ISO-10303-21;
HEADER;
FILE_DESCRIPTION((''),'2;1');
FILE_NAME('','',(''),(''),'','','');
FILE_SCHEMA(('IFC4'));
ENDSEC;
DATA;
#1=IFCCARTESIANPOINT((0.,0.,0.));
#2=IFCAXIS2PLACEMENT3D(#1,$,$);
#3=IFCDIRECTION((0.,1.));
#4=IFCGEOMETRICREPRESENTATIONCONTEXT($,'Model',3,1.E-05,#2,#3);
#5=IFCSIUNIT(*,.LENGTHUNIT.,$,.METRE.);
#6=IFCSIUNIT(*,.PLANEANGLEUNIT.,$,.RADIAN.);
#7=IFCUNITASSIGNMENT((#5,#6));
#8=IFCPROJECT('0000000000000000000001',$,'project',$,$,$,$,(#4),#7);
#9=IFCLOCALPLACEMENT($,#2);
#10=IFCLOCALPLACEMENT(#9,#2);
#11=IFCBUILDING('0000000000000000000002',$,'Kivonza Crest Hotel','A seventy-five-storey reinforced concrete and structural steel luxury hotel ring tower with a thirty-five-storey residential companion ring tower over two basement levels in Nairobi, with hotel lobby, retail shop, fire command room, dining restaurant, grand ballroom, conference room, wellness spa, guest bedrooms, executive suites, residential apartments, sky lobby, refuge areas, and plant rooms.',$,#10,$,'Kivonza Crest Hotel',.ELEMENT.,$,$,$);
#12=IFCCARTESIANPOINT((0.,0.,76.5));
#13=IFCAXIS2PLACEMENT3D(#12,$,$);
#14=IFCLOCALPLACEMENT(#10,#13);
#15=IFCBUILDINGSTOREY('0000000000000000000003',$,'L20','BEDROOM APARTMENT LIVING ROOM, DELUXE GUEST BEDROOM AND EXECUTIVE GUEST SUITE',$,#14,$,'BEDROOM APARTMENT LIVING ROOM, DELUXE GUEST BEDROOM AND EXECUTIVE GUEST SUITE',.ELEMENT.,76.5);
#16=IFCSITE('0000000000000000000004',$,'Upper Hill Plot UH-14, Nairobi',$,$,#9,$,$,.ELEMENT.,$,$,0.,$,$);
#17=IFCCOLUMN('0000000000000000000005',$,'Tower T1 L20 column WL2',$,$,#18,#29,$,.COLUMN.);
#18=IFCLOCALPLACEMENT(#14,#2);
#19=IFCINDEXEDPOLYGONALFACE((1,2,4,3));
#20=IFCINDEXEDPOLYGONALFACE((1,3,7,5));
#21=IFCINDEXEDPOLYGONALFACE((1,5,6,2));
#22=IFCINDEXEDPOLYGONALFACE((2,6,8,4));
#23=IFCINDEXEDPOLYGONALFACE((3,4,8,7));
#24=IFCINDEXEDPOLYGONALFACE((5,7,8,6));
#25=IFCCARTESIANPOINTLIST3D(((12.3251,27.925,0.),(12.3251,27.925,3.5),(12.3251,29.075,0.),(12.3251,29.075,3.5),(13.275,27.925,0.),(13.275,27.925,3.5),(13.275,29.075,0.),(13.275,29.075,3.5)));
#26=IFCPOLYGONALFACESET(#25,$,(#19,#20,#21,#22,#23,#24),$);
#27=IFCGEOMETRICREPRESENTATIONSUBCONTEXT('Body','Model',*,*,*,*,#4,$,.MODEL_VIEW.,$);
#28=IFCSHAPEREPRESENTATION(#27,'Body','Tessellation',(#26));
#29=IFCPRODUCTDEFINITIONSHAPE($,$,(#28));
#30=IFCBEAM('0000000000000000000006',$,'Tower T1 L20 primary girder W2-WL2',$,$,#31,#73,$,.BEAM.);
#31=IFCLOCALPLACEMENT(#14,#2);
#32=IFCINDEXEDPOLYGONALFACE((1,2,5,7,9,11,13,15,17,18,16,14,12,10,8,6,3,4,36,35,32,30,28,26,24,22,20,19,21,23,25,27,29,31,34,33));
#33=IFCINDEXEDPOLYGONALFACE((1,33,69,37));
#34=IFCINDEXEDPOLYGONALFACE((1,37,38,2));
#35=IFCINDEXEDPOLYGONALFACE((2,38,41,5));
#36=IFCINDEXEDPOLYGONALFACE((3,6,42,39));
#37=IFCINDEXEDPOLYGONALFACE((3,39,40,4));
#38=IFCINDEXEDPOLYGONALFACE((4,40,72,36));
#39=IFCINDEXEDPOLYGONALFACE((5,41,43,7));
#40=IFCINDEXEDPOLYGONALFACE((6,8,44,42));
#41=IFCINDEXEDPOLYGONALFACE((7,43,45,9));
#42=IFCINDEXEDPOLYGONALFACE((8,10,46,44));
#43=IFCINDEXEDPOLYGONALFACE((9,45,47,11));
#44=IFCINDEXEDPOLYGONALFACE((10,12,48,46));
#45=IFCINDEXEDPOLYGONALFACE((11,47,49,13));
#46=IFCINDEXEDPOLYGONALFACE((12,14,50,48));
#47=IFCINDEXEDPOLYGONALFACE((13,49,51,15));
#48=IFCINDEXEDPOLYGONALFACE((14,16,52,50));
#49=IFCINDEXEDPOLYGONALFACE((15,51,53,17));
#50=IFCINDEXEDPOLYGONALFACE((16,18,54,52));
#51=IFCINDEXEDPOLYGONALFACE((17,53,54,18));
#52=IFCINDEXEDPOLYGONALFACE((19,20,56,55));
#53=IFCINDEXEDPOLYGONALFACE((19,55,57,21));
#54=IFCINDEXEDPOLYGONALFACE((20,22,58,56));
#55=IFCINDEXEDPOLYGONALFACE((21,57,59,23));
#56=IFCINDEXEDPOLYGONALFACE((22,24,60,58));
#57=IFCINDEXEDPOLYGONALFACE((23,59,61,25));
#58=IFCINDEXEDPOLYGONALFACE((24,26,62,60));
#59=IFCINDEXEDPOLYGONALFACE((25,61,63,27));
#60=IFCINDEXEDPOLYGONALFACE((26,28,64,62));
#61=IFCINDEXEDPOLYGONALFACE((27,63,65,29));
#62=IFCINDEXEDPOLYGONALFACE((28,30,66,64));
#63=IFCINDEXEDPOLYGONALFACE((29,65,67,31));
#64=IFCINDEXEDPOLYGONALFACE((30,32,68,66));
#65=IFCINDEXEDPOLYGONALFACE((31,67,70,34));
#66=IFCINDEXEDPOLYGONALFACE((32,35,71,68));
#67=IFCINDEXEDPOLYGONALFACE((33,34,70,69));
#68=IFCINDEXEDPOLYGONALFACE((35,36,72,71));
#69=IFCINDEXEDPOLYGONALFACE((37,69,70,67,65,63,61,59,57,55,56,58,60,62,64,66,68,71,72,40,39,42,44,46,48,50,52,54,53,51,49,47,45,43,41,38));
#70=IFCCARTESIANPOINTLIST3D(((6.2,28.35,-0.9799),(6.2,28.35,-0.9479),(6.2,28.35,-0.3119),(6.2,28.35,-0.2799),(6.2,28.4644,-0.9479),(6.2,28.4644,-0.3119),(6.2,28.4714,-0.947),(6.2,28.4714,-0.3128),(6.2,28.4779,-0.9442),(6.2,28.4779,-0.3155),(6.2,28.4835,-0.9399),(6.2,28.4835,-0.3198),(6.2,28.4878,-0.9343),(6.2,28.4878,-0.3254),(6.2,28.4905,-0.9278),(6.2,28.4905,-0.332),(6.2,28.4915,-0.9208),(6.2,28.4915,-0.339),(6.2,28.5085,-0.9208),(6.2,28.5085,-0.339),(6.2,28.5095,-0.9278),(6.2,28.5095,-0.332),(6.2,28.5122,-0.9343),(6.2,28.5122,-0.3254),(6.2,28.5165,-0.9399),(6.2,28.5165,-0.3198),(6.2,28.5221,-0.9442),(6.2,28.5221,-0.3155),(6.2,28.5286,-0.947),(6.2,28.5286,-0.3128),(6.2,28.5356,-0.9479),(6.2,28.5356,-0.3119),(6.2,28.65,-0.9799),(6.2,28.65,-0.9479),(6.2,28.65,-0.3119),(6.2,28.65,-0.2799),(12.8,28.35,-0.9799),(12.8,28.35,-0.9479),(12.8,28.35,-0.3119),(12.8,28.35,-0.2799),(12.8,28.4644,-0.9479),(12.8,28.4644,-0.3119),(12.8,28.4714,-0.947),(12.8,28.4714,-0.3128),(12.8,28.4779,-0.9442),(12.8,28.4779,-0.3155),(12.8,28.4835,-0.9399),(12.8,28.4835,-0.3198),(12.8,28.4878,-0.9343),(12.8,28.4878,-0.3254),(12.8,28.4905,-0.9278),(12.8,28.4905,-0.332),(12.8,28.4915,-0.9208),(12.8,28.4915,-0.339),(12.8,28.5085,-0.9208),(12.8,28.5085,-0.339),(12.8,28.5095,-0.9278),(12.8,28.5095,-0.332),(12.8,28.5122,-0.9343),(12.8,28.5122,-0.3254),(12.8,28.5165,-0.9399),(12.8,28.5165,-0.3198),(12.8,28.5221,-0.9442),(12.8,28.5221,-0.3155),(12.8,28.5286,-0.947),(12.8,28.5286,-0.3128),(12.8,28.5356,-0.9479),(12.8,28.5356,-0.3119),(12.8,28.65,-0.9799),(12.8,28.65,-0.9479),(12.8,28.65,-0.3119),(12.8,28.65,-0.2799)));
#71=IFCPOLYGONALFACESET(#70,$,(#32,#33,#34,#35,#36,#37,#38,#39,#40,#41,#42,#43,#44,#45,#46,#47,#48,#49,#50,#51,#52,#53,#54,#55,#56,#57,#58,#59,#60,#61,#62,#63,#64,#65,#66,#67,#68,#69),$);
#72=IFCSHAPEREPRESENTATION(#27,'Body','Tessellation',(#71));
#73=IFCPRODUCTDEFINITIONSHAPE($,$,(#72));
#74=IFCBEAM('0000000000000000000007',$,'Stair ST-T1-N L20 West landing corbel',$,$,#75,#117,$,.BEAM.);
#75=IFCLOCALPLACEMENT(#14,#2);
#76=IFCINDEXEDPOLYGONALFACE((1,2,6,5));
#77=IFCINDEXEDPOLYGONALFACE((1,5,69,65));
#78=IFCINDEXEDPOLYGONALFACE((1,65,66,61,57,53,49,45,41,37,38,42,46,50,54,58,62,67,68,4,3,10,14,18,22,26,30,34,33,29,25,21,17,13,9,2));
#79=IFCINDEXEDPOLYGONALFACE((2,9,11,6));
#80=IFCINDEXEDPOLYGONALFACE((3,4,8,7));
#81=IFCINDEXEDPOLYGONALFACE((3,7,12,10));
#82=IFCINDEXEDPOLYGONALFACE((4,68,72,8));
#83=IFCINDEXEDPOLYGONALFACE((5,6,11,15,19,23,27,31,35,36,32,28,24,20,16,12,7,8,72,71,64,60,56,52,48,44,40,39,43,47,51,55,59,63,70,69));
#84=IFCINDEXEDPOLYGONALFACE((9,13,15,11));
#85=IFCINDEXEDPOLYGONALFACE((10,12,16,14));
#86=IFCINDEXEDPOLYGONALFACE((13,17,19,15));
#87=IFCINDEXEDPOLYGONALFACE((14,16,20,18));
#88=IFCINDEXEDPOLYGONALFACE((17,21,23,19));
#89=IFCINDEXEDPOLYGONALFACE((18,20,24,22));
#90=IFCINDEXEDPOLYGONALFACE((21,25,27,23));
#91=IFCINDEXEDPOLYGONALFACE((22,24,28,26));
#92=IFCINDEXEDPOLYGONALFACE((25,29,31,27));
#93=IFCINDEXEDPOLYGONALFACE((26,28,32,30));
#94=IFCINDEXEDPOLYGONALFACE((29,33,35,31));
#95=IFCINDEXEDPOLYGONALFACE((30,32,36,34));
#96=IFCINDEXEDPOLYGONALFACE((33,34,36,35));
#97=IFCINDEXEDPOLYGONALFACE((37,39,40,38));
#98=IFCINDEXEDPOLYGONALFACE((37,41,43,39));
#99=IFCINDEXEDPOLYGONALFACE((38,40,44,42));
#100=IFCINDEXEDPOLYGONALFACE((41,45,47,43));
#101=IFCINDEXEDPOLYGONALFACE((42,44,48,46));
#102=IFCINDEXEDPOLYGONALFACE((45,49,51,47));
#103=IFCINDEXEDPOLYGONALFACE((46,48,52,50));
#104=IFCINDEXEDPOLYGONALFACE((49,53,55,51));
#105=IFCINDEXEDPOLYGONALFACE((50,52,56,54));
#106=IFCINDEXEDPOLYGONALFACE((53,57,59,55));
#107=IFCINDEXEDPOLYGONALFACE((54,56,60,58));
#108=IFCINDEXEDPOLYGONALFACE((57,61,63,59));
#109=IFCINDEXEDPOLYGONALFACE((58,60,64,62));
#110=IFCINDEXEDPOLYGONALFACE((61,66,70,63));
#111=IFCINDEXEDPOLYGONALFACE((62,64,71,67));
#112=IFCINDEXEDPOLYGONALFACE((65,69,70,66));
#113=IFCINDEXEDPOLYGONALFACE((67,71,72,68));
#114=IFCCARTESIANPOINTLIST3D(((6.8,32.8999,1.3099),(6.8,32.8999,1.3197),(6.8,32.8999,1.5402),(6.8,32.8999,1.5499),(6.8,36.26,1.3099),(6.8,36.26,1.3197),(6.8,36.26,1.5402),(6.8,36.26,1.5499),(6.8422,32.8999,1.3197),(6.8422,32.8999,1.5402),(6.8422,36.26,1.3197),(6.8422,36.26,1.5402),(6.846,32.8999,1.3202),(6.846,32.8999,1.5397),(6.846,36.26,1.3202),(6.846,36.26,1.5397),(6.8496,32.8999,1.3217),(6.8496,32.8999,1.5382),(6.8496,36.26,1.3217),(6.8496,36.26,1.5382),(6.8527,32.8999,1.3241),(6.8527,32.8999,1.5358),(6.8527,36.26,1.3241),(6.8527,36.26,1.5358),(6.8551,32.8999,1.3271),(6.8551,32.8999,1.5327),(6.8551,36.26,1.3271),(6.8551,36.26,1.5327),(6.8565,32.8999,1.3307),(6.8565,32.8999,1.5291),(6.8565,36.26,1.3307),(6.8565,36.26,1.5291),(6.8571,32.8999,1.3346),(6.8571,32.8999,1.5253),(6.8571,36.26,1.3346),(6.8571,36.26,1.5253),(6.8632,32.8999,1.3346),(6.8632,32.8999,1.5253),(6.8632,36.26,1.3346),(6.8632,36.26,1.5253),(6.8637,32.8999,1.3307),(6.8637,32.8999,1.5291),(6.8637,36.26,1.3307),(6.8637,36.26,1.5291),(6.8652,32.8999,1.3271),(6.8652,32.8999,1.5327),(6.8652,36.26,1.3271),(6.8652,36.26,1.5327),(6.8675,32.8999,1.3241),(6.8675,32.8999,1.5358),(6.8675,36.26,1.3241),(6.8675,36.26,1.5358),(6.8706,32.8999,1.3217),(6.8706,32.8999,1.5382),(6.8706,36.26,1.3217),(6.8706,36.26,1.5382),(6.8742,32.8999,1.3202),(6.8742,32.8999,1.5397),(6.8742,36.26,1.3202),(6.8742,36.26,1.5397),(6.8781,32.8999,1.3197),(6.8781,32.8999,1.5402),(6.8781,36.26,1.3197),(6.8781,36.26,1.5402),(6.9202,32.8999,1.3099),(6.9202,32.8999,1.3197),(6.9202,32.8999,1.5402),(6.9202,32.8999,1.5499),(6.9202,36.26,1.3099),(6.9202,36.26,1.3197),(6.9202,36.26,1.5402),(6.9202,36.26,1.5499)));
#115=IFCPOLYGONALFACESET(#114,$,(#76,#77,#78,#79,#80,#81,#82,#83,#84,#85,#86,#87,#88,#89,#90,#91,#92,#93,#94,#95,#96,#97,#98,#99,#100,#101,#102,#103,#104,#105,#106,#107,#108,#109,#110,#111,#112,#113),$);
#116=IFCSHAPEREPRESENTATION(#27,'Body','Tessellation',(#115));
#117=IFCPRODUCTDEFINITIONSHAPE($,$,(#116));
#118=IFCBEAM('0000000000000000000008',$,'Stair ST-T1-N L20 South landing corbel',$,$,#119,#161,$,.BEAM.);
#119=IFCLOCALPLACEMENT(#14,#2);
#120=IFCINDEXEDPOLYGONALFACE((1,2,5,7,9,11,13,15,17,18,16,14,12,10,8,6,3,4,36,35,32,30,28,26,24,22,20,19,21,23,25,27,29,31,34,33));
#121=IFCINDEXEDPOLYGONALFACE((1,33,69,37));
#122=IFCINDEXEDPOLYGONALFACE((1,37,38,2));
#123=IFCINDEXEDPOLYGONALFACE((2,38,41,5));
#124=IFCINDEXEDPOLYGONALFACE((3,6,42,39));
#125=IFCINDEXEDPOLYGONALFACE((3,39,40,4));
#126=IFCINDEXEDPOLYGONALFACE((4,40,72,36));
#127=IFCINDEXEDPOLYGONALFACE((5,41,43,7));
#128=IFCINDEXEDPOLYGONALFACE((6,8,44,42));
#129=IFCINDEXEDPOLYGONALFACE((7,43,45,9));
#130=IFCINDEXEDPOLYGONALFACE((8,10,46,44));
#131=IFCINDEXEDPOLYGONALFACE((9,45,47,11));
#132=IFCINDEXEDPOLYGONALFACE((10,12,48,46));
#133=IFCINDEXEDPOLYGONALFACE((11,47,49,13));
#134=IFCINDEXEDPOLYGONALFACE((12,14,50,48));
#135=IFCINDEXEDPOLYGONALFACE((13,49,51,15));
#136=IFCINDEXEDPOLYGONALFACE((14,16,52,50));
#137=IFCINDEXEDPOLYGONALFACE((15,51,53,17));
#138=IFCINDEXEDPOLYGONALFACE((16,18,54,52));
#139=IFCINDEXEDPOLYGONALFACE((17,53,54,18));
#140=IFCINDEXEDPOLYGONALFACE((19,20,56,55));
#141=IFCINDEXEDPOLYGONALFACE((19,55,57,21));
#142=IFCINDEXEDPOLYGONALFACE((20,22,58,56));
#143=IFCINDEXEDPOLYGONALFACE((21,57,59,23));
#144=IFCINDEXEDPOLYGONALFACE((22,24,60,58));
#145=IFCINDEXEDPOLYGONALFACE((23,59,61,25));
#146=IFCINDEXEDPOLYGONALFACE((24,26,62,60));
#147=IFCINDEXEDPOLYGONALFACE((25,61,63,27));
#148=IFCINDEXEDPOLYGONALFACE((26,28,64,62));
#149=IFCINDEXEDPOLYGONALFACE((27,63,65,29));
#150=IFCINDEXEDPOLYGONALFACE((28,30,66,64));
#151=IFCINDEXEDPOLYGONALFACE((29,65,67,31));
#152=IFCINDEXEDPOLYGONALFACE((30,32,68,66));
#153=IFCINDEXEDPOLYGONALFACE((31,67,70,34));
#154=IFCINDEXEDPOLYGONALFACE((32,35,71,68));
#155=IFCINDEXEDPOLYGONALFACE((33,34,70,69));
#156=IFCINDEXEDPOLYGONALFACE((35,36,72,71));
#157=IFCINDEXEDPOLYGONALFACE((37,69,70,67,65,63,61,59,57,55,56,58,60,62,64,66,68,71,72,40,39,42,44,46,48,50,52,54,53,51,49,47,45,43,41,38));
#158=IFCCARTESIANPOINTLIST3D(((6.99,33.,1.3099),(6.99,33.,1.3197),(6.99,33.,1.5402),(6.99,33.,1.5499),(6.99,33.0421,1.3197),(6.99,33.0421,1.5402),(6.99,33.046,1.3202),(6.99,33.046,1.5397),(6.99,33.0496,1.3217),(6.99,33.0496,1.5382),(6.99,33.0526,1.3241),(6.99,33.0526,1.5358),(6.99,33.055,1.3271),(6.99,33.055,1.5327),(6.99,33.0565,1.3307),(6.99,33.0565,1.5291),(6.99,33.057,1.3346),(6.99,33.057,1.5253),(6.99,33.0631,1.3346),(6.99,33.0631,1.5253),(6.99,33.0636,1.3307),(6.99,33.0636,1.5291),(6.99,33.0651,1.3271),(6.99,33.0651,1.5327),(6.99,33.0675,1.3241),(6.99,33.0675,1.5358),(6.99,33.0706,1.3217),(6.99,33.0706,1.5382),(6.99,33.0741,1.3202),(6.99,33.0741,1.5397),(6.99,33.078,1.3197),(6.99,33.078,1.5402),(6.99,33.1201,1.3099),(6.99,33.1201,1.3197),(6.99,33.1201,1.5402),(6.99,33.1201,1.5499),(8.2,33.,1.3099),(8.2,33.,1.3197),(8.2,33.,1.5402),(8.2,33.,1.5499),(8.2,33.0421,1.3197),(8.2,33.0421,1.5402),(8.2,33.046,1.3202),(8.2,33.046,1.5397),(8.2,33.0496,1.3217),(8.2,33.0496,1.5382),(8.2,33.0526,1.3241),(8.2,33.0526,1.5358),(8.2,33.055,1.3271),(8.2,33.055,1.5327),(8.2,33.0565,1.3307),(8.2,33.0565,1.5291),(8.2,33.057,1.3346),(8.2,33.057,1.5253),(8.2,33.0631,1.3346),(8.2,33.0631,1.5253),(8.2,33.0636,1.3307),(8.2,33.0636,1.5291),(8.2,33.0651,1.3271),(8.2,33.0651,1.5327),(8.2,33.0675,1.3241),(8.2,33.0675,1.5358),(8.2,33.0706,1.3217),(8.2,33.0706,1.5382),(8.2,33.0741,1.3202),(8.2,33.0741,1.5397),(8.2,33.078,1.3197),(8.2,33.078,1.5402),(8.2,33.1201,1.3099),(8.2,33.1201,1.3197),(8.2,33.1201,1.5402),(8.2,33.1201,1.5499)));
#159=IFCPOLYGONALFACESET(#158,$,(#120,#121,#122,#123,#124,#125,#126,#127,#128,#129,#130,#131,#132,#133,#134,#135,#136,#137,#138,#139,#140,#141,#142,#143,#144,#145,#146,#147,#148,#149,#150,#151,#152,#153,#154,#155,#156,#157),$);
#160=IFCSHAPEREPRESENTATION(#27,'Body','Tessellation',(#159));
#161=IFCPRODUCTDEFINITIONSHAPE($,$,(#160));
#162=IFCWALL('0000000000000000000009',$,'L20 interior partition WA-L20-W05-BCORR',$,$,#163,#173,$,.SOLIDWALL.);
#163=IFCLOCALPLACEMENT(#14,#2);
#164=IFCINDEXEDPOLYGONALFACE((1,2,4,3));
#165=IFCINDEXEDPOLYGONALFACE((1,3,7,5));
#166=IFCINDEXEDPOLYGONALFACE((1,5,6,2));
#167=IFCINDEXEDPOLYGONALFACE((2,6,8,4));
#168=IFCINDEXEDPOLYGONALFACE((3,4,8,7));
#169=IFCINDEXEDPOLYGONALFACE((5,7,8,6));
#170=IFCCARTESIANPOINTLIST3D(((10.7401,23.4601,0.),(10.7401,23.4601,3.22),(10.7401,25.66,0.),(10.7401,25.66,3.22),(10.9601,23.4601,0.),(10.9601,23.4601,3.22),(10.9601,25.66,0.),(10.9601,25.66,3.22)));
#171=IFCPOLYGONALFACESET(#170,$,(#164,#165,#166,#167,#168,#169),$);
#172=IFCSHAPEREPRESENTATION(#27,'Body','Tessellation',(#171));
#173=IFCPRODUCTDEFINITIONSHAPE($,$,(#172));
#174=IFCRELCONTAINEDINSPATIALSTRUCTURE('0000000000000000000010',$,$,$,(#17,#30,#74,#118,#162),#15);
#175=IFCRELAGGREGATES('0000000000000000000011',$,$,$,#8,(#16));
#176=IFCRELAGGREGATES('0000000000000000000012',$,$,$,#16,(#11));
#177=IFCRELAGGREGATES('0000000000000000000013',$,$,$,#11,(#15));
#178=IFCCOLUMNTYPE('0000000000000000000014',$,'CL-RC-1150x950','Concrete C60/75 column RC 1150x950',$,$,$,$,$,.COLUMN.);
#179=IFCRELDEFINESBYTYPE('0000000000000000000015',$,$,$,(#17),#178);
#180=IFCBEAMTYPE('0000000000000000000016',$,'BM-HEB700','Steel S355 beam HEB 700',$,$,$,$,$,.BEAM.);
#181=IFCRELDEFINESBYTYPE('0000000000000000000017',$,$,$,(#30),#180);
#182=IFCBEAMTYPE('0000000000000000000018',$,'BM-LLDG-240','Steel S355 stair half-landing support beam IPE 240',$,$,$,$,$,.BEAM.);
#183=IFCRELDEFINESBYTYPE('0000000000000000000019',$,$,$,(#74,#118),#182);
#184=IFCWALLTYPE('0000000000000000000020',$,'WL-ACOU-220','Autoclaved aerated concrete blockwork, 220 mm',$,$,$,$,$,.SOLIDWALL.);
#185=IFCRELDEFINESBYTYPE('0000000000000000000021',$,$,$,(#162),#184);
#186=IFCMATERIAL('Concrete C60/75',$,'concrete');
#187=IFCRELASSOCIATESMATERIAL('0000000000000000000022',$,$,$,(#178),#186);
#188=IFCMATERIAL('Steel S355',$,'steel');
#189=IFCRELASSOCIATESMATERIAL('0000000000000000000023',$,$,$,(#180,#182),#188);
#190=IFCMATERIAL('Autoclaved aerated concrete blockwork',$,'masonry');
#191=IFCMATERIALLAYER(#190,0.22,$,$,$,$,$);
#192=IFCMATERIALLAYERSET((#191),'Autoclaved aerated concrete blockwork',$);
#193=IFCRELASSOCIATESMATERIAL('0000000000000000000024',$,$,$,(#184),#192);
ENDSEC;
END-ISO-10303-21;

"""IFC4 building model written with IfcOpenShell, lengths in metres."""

from ifc_helpers import new_model, si_unit, direction, frame, frame_2d, origin, origin_2d, place, context, subcontext, project, spatial, rectangle, i_section, extrude, material, layer, layer_set, material_profile, profile_set, type_object, element, save


model = new_model("IFC4")

# Units and contexts
model_context = context("Model", 3, precision=1e-05, world=origin(), true_north=direction((0.0, 1.0)))
body_context = subcontext(model_context, "Body", "Model", "MODEL_VIEW")
ifc_project = project(units=[si_unit("LENGTHUNIT", "METRE"), si_unit("PLANEANGLEUNIT", "RADIAN")], contexts=[model_context])

# Site, building, storey
site_placement = place(None, origin())
site = spatial("IfcSite", under=ifc_project, at=site_placement, Name="Upper Hill Plot UH-14, Nairobi", CompositionType="ELEMENT", RefElevation=0.0)
building_placement = place(site_placement, origin())
building = spatial("IfcBuilding", under=site, at=building_placement, Name="Kivonza Crest Hotel", Description="A seventy-five-storey reinforced concrete and structural steel luxury hotel ring tower with a thirty-five-storey residential companion ring tower over two basement levels in Nairobi, with hotel lobby, retail shop, fire command room, dining restaurant, grand ballroom, conference room, wellness spa, guest bedrooms, executive suites, residential apartments, sky lobby, refuge areas, and plant rooms.", LongName="Kivonza Crest Hotel", CompositionType="ELEMENT")
storey_placement = place(building_placement, frame((0.0, 0.0, 76.5)))
storey = spatial("IfcBuildingStorey", under=building, at=storey_placement, Name="L20", Description="BEDROOM APARTMENT LIVING ROOM, DELUXE GUEST BEDROOM AND EXECUTIVE GUEST SUITE", LongName="BEDROOM APARTMENT LIVING ROOM, DELUXE GUEST BEDROOM AND EXECUTIVE GUEST SUITE", CompositionType="ELEMENT", Elevation=76.5)

# Column
ifc_material_1 = material(Name="Concrete C60/75", Category="concrete")
ifc_material_profile_1 = material_profile(ifc_material_1, rectangle(XDim=0.95, YDim=1.1499, at=origin_2d()), Name="RC 1150x950")
ifc_profile_set_1 = profile_set([ifc_material_profile_1], Name="Concrete C60/75")
column_type = type_object("IfcColumnType", Name="CL-RC-1150x950", Description="Concrete C60/75 column RC 1150x950", PredefinedType="COLUMN", material=ifc_profile_set_1)
column_placement = place(storey_placement, frame((12.8, 28.5, 0.0), z_axis=(0.0, 0.0, 1.0), x_axis=(1.0, 0.0, 0.0)))
element("IfcColumn", 1, at=column_placement, inside=storey, type_object=column_type, Name="Tower T1 L20 column WL2", PredefinedType="COLUMN", context=body_context, shape_type="SweptSolid", body=[
    extrude(rectangle(XDim=0.95, YDim=1.1499, at=origin_2d()), origin(), (0.0, 0.0, 1.0), 3.5),
])

# Beams
ifc_material_2 = material(Name="Steel S355", Category="steel")
ifc_material_profile_2 = material_profile(ifc_material_2, i_section(OverallWidth=0.3, OverallDepth=0.7, WebThickness=0.0171, FlangeThickness=0.032, FilletRadius=0.0271, at=origin_2d()), Name="HEB 700")
ifc_profile_set_2 = profile_set([ifc_material_profile_2], Name="Steel S355")
beam_type_1 = type_object("IfcBeamType", Name="BM-HEB700", Description="Steel S355 beam HEB 700", PredefinedType="BEAM", material=ifc_profile_set_2)
beam_1_placement = place(storey_placement, frame((6.2, 28.5, -0.6299), z_axis=(1.0, 0.0, 0.0), x_axis=(0.0, 1.0, 0.0)))
element("IfcBeam", 2, at=beam_1_placement, inside=storey, type_object=beam_type_1, Name="Tower T1 L20 primary girder W2-WL2", PredefinedType="BEAM", context=body_context, shape_type="SweptSolid", body=[
    extrude(i_section(OverallWidth=0.3, OverallDepth=0.7, WebThickness=0.0171, FlangeThickness=0.032, FilletRadius=0.0271, at=origin_2d()), origin(), (0.0, 0.0, 1.0), 6.6001),
])
ifc_material_profile_3 = material_profile(ifc_material_2, i_section(OverallWidth=0.1201, OverallDepth=0.24, WebThickness=0.0061, FlangeThickness=0.0098, FilletRadius=0.0149, at=origin_2d()), Name="IPE 240")
ifc_profile_set_3 = profile_set([ifc_material_profile_3], Name="Steel S355")
beam_type_2 = type_object("IfcBeamType", Name="BM-LLDG-240", Description="Steel S355 stair half-landing support beam IPE 240", PredefinedType="BEAM", material=ifc_profile_set_3)
beam_2_placement = place(storey_placement, frame((6.8601, 32.8999, 1.4299), z_axis=(0.0, 1.0, 0.0), x_axis=(-1.0, 0.0, 0.0)))
element("IfcBeam", 3, at=beam_2_placement, inside=storey, type_object=beam_type_2, Name="Stair ST-T1-N L20 West landing corbel", PredefinedType="BEAM", context=body_context, shape_type="SweptSolid", body=[
    extrude(i_section(OverallWidth=0.1201, OverallDepth=0.24, WebThickness=0.0061, FlangeThickness=0.0098, FilletRadius=0.0149, at=origin_2d()), origin(), (0.0, 0.0, 1.0), 3.3601),
])
beam_3_placement = place(storey_placement, frame((6.99, 33.0601, 1.4299), z_axis=(1.0, 0.0, 0.0), x_axis=(0.0, 1.0, 0.0)))
element("IfcBeam", 4, at=beam_3_placement, inside=storey, type_object=beam_type_2, Name="Stair ST-T1-N L20 South landing corbel", PredefinedType="BEAM", context=body_context, shape_type="SweptSolid", body=[
    extrude(i_section(OverallWidth=0.1201, OverallDepth=0.24, WebThickness=0.0061, FlangeThickness=0.0098, FilletRadius=0.0149, at=origin_2d()), origin(), (0.0, 0.0, 1.0), 1.21),
])

# Wall
ifc_material_3 = material(Name="Autoclaved aerated concrete blockwork", Category="masonry")
ifc_layer_1 = layer(ifc_material_3, 0.22)
ifc_layer_set_1 = layer_set([ifc_layer_1], Name="Autoclaved aerated concrete blockwork")
wall_type_1 = type_object("IfcWallType", Name="WL-ACOU-220", Description="Autoclaved aerated concrete blockwork, 220 mm", PredefinedType="SOLIDWALL", material=ifc_layer_set_1)
wall_1_placement = place(storey_placement, frame((10.8501, 23.46, 0.0), z_axis=(0.0, 0.0, 1.0), x_axis=(0.0, 1.0, 0.0)))
element("IfcWall", 5, at=wall_1_placement, inside=storey, type_object=wall_type_1, Name="L20 interior partition WA-L20-W05-BCORR", PredefinedType="SOLIDWALL", context=body_context, shape_type="SweptSolid", body=[
    extrude(rectangle(XDim=2.2, YDim=0.22, at=frame_2d((1.1001, 0.0))), origin(), (0.0, 0.0, 1.0), 3.22),
])

save(model, "model.ifc")
